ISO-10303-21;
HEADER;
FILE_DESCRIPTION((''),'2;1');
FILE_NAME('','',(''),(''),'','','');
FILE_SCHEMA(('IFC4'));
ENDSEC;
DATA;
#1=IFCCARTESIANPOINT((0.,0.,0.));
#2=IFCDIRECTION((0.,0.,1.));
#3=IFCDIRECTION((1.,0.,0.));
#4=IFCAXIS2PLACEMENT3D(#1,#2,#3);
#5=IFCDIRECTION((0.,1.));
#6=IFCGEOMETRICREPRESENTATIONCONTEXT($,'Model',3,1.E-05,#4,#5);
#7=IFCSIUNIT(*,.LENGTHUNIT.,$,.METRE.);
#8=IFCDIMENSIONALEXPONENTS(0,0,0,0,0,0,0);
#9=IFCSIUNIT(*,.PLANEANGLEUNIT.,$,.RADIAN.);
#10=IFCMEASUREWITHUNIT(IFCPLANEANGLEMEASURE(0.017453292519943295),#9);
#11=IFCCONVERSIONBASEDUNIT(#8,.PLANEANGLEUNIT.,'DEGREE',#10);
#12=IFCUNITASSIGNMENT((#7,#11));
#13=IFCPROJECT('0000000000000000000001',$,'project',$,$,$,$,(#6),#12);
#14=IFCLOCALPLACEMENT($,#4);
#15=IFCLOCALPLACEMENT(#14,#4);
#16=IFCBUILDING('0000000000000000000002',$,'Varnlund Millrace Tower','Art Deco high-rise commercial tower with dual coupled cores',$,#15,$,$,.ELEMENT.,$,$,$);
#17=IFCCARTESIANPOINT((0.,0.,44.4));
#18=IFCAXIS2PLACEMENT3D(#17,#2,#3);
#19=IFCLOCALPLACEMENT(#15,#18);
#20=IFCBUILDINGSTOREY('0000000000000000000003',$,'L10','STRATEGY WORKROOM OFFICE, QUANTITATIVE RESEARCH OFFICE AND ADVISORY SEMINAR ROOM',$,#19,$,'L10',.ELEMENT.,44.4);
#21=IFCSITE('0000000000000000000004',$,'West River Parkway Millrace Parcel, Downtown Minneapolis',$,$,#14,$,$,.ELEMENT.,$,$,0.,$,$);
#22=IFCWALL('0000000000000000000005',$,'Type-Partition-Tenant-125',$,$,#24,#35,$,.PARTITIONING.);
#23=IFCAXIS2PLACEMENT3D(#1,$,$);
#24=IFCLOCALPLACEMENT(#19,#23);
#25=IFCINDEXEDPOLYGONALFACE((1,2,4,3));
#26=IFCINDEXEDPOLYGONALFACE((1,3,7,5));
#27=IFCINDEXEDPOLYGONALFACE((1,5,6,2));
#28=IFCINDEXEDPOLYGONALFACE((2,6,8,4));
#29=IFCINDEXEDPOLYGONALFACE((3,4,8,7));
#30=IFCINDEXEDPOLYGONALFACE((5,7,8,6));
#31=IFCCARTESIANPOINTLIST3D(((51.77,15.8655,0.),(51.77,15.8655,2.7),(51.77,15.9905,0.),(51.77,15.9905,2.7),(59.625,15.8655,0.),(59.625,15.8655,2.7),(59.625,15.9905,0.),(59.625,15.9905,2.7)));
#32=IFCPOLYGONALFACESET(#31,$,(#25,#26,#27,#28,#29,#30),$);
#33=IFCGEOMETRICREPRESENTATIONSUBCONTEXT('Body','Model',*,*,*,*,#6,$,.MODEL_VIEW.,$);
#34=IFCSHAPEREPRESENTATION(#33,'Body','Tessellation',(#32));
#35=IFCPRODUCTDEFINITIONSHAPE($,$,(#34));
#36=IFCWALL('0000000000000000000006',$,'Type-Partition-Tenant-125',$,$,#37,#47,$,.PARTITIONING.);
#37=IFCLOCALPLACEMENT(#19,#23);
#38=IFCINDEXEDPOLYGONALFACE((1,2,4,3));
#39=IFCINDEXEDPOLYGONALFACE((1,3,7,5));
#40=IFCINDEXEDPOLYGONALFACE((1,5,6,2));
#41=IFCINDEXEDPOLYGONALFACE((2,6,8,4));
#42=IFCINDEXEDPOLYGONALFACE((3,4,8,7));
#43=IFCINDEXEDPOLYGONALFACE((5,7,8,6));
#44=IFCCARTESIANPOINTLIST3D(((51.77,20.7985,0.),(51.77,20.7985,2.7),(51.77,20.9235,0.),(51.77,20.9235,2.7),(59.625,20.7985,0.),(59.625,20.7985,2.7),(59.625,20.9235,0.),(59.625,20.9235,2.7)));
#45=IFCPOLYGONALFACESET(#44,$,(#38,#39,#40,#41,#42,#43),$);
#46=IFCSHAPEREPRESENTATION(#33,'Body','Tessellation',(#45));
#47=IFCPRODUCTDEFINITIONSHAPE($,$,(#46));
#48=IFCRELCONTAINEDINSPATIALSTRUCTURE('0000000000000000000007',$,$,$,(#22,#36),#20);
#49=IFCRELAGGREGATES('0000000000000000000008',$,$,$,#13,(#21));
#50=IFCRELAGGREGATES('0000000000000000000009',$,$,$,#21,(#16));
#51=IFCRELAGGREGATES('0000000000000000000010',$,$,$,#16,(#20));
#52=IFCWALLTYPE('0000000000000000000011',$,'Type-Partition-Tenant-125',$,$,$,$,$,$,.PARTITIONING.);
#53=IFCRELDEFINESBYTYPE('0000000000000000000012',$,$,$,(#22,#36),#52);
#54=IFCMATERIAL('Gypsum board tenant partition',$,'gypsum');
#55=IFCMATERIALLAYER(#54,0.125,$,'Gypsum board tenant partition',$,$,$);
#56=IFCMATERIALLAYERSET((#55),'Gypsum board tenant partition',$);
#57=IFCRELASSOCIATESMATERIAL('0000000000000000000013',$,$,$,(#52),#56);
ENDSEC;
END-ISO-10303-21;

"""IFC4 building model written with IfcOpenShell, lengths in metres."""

from ifc_helpers import new_model, entity, si_unit, converted_unit, direction, frame, origin_with_axes, place, context, subcontext, project, spatial, polyline, outline, extrude, material, layer, layer_set, type_object, element, save


model = new_model("IFC4")

# Units and contexts
model_context = context("Model", 3, precision=1e-05, world=origin_with_axes(), true_north=direction((0.0, 1.0)))
body_context = subcontext(model_context, "Body", "Model", "MODEL_VIEW")
ifc_project = project(units=[si_unit("LENGTHUNIT", "METRE"), converted_unit("PLANEANGLEUNIT", "DEGREE", entity("IfcPlaneAngleMeasure", 0.017453292519943295), si_unit("PLANEANGLEUNIT", "RADIAN"), dimensions=[0, 0, 0, 0, 0, 0, 0])], contexts=[model_context])

# Site, building, storey
site_placement = place(None, origin_with_axes())
site = spatial("IfcSite", under=ifc_project, at=site_placement, Name="West River Parkway Millrace Parcel, Downtown Minneapolis", CompositionType="ELEMENT", RefElevation=0.0)
building_placement = place(site_placement, origin_with_axes())
building = spatial("IfcBuilding", under=site, at=building_placement, Name="Varnlund Millrace Tower", Description="Art Deco high-rise commercial tower with dual coupled cores", CompositionType="ELEMENT")
storey_placement = place(building_placement, frame((0.0, 0.0, 44.4), z_axis=(0.0, 0.0, 1.0), x_axis=(1.0, 0.0, 0.0)))
storey = spatial("IfcBuildingStorey", under=building, at=storey_placement, Name="L10", Description="STRATEGY WORKROOM OFFICE, QUANTITATIVE RESEARCH OFFICE AND ADVISORY SEMINAR ROOM", LongName="L10", CompositionType="ELEMENT", Elevation=44.4)

# Walls
ifc_material_1 = material(Name="Gypsum board tenant partition", Category="gypsum")
ifc_layer_1 = layer(ifc_material_1, 0.125, Name="Gypsum board tenant partition")
ifc_layer_set_1 = layer_set([ifc_layer_1], Name="Gypsum board tenant partition")
wall_type_1 = type_object("IfcWallType", Name="Type-Partition-Tenant-125", PredefinedType="PARTITIONING", material=ifc_layer_set_1)
for number, where, z_axis, x_axis, name in (
    (1, (51.77, 15.928, 0.0), (0.0, 0.0, 1.0), (1.0, 0.0, 0.0), "Type-Partition-Tenant-125"),
    (2, (51.77, 20.861, 0.0), (0.0, 0.0, 1.0), (1.0, 0.0, 0.0), "Type-Partition-Tenant-125"),
):
    element("IfcWall", number, at=place(storey_placement, frame(where, z_axis=z_axis, x_axis=x_axis)), inside=storey, type_object=wall_type_1, Name=name, PredefinedType="PARTITIONING", context=body_context, shape_type="SweptSolid", body=[
        extrude(outline(polyline([(0.0, -0.0625), (7.855, -0.0625), (7.855, 0.0625), (0.0, 0.0625), (0.0, -0.0625)])), origin_with_axes(), (0.0, 0.0, 1.0), 2.7),
    ])

save(model, "model.ifc")
